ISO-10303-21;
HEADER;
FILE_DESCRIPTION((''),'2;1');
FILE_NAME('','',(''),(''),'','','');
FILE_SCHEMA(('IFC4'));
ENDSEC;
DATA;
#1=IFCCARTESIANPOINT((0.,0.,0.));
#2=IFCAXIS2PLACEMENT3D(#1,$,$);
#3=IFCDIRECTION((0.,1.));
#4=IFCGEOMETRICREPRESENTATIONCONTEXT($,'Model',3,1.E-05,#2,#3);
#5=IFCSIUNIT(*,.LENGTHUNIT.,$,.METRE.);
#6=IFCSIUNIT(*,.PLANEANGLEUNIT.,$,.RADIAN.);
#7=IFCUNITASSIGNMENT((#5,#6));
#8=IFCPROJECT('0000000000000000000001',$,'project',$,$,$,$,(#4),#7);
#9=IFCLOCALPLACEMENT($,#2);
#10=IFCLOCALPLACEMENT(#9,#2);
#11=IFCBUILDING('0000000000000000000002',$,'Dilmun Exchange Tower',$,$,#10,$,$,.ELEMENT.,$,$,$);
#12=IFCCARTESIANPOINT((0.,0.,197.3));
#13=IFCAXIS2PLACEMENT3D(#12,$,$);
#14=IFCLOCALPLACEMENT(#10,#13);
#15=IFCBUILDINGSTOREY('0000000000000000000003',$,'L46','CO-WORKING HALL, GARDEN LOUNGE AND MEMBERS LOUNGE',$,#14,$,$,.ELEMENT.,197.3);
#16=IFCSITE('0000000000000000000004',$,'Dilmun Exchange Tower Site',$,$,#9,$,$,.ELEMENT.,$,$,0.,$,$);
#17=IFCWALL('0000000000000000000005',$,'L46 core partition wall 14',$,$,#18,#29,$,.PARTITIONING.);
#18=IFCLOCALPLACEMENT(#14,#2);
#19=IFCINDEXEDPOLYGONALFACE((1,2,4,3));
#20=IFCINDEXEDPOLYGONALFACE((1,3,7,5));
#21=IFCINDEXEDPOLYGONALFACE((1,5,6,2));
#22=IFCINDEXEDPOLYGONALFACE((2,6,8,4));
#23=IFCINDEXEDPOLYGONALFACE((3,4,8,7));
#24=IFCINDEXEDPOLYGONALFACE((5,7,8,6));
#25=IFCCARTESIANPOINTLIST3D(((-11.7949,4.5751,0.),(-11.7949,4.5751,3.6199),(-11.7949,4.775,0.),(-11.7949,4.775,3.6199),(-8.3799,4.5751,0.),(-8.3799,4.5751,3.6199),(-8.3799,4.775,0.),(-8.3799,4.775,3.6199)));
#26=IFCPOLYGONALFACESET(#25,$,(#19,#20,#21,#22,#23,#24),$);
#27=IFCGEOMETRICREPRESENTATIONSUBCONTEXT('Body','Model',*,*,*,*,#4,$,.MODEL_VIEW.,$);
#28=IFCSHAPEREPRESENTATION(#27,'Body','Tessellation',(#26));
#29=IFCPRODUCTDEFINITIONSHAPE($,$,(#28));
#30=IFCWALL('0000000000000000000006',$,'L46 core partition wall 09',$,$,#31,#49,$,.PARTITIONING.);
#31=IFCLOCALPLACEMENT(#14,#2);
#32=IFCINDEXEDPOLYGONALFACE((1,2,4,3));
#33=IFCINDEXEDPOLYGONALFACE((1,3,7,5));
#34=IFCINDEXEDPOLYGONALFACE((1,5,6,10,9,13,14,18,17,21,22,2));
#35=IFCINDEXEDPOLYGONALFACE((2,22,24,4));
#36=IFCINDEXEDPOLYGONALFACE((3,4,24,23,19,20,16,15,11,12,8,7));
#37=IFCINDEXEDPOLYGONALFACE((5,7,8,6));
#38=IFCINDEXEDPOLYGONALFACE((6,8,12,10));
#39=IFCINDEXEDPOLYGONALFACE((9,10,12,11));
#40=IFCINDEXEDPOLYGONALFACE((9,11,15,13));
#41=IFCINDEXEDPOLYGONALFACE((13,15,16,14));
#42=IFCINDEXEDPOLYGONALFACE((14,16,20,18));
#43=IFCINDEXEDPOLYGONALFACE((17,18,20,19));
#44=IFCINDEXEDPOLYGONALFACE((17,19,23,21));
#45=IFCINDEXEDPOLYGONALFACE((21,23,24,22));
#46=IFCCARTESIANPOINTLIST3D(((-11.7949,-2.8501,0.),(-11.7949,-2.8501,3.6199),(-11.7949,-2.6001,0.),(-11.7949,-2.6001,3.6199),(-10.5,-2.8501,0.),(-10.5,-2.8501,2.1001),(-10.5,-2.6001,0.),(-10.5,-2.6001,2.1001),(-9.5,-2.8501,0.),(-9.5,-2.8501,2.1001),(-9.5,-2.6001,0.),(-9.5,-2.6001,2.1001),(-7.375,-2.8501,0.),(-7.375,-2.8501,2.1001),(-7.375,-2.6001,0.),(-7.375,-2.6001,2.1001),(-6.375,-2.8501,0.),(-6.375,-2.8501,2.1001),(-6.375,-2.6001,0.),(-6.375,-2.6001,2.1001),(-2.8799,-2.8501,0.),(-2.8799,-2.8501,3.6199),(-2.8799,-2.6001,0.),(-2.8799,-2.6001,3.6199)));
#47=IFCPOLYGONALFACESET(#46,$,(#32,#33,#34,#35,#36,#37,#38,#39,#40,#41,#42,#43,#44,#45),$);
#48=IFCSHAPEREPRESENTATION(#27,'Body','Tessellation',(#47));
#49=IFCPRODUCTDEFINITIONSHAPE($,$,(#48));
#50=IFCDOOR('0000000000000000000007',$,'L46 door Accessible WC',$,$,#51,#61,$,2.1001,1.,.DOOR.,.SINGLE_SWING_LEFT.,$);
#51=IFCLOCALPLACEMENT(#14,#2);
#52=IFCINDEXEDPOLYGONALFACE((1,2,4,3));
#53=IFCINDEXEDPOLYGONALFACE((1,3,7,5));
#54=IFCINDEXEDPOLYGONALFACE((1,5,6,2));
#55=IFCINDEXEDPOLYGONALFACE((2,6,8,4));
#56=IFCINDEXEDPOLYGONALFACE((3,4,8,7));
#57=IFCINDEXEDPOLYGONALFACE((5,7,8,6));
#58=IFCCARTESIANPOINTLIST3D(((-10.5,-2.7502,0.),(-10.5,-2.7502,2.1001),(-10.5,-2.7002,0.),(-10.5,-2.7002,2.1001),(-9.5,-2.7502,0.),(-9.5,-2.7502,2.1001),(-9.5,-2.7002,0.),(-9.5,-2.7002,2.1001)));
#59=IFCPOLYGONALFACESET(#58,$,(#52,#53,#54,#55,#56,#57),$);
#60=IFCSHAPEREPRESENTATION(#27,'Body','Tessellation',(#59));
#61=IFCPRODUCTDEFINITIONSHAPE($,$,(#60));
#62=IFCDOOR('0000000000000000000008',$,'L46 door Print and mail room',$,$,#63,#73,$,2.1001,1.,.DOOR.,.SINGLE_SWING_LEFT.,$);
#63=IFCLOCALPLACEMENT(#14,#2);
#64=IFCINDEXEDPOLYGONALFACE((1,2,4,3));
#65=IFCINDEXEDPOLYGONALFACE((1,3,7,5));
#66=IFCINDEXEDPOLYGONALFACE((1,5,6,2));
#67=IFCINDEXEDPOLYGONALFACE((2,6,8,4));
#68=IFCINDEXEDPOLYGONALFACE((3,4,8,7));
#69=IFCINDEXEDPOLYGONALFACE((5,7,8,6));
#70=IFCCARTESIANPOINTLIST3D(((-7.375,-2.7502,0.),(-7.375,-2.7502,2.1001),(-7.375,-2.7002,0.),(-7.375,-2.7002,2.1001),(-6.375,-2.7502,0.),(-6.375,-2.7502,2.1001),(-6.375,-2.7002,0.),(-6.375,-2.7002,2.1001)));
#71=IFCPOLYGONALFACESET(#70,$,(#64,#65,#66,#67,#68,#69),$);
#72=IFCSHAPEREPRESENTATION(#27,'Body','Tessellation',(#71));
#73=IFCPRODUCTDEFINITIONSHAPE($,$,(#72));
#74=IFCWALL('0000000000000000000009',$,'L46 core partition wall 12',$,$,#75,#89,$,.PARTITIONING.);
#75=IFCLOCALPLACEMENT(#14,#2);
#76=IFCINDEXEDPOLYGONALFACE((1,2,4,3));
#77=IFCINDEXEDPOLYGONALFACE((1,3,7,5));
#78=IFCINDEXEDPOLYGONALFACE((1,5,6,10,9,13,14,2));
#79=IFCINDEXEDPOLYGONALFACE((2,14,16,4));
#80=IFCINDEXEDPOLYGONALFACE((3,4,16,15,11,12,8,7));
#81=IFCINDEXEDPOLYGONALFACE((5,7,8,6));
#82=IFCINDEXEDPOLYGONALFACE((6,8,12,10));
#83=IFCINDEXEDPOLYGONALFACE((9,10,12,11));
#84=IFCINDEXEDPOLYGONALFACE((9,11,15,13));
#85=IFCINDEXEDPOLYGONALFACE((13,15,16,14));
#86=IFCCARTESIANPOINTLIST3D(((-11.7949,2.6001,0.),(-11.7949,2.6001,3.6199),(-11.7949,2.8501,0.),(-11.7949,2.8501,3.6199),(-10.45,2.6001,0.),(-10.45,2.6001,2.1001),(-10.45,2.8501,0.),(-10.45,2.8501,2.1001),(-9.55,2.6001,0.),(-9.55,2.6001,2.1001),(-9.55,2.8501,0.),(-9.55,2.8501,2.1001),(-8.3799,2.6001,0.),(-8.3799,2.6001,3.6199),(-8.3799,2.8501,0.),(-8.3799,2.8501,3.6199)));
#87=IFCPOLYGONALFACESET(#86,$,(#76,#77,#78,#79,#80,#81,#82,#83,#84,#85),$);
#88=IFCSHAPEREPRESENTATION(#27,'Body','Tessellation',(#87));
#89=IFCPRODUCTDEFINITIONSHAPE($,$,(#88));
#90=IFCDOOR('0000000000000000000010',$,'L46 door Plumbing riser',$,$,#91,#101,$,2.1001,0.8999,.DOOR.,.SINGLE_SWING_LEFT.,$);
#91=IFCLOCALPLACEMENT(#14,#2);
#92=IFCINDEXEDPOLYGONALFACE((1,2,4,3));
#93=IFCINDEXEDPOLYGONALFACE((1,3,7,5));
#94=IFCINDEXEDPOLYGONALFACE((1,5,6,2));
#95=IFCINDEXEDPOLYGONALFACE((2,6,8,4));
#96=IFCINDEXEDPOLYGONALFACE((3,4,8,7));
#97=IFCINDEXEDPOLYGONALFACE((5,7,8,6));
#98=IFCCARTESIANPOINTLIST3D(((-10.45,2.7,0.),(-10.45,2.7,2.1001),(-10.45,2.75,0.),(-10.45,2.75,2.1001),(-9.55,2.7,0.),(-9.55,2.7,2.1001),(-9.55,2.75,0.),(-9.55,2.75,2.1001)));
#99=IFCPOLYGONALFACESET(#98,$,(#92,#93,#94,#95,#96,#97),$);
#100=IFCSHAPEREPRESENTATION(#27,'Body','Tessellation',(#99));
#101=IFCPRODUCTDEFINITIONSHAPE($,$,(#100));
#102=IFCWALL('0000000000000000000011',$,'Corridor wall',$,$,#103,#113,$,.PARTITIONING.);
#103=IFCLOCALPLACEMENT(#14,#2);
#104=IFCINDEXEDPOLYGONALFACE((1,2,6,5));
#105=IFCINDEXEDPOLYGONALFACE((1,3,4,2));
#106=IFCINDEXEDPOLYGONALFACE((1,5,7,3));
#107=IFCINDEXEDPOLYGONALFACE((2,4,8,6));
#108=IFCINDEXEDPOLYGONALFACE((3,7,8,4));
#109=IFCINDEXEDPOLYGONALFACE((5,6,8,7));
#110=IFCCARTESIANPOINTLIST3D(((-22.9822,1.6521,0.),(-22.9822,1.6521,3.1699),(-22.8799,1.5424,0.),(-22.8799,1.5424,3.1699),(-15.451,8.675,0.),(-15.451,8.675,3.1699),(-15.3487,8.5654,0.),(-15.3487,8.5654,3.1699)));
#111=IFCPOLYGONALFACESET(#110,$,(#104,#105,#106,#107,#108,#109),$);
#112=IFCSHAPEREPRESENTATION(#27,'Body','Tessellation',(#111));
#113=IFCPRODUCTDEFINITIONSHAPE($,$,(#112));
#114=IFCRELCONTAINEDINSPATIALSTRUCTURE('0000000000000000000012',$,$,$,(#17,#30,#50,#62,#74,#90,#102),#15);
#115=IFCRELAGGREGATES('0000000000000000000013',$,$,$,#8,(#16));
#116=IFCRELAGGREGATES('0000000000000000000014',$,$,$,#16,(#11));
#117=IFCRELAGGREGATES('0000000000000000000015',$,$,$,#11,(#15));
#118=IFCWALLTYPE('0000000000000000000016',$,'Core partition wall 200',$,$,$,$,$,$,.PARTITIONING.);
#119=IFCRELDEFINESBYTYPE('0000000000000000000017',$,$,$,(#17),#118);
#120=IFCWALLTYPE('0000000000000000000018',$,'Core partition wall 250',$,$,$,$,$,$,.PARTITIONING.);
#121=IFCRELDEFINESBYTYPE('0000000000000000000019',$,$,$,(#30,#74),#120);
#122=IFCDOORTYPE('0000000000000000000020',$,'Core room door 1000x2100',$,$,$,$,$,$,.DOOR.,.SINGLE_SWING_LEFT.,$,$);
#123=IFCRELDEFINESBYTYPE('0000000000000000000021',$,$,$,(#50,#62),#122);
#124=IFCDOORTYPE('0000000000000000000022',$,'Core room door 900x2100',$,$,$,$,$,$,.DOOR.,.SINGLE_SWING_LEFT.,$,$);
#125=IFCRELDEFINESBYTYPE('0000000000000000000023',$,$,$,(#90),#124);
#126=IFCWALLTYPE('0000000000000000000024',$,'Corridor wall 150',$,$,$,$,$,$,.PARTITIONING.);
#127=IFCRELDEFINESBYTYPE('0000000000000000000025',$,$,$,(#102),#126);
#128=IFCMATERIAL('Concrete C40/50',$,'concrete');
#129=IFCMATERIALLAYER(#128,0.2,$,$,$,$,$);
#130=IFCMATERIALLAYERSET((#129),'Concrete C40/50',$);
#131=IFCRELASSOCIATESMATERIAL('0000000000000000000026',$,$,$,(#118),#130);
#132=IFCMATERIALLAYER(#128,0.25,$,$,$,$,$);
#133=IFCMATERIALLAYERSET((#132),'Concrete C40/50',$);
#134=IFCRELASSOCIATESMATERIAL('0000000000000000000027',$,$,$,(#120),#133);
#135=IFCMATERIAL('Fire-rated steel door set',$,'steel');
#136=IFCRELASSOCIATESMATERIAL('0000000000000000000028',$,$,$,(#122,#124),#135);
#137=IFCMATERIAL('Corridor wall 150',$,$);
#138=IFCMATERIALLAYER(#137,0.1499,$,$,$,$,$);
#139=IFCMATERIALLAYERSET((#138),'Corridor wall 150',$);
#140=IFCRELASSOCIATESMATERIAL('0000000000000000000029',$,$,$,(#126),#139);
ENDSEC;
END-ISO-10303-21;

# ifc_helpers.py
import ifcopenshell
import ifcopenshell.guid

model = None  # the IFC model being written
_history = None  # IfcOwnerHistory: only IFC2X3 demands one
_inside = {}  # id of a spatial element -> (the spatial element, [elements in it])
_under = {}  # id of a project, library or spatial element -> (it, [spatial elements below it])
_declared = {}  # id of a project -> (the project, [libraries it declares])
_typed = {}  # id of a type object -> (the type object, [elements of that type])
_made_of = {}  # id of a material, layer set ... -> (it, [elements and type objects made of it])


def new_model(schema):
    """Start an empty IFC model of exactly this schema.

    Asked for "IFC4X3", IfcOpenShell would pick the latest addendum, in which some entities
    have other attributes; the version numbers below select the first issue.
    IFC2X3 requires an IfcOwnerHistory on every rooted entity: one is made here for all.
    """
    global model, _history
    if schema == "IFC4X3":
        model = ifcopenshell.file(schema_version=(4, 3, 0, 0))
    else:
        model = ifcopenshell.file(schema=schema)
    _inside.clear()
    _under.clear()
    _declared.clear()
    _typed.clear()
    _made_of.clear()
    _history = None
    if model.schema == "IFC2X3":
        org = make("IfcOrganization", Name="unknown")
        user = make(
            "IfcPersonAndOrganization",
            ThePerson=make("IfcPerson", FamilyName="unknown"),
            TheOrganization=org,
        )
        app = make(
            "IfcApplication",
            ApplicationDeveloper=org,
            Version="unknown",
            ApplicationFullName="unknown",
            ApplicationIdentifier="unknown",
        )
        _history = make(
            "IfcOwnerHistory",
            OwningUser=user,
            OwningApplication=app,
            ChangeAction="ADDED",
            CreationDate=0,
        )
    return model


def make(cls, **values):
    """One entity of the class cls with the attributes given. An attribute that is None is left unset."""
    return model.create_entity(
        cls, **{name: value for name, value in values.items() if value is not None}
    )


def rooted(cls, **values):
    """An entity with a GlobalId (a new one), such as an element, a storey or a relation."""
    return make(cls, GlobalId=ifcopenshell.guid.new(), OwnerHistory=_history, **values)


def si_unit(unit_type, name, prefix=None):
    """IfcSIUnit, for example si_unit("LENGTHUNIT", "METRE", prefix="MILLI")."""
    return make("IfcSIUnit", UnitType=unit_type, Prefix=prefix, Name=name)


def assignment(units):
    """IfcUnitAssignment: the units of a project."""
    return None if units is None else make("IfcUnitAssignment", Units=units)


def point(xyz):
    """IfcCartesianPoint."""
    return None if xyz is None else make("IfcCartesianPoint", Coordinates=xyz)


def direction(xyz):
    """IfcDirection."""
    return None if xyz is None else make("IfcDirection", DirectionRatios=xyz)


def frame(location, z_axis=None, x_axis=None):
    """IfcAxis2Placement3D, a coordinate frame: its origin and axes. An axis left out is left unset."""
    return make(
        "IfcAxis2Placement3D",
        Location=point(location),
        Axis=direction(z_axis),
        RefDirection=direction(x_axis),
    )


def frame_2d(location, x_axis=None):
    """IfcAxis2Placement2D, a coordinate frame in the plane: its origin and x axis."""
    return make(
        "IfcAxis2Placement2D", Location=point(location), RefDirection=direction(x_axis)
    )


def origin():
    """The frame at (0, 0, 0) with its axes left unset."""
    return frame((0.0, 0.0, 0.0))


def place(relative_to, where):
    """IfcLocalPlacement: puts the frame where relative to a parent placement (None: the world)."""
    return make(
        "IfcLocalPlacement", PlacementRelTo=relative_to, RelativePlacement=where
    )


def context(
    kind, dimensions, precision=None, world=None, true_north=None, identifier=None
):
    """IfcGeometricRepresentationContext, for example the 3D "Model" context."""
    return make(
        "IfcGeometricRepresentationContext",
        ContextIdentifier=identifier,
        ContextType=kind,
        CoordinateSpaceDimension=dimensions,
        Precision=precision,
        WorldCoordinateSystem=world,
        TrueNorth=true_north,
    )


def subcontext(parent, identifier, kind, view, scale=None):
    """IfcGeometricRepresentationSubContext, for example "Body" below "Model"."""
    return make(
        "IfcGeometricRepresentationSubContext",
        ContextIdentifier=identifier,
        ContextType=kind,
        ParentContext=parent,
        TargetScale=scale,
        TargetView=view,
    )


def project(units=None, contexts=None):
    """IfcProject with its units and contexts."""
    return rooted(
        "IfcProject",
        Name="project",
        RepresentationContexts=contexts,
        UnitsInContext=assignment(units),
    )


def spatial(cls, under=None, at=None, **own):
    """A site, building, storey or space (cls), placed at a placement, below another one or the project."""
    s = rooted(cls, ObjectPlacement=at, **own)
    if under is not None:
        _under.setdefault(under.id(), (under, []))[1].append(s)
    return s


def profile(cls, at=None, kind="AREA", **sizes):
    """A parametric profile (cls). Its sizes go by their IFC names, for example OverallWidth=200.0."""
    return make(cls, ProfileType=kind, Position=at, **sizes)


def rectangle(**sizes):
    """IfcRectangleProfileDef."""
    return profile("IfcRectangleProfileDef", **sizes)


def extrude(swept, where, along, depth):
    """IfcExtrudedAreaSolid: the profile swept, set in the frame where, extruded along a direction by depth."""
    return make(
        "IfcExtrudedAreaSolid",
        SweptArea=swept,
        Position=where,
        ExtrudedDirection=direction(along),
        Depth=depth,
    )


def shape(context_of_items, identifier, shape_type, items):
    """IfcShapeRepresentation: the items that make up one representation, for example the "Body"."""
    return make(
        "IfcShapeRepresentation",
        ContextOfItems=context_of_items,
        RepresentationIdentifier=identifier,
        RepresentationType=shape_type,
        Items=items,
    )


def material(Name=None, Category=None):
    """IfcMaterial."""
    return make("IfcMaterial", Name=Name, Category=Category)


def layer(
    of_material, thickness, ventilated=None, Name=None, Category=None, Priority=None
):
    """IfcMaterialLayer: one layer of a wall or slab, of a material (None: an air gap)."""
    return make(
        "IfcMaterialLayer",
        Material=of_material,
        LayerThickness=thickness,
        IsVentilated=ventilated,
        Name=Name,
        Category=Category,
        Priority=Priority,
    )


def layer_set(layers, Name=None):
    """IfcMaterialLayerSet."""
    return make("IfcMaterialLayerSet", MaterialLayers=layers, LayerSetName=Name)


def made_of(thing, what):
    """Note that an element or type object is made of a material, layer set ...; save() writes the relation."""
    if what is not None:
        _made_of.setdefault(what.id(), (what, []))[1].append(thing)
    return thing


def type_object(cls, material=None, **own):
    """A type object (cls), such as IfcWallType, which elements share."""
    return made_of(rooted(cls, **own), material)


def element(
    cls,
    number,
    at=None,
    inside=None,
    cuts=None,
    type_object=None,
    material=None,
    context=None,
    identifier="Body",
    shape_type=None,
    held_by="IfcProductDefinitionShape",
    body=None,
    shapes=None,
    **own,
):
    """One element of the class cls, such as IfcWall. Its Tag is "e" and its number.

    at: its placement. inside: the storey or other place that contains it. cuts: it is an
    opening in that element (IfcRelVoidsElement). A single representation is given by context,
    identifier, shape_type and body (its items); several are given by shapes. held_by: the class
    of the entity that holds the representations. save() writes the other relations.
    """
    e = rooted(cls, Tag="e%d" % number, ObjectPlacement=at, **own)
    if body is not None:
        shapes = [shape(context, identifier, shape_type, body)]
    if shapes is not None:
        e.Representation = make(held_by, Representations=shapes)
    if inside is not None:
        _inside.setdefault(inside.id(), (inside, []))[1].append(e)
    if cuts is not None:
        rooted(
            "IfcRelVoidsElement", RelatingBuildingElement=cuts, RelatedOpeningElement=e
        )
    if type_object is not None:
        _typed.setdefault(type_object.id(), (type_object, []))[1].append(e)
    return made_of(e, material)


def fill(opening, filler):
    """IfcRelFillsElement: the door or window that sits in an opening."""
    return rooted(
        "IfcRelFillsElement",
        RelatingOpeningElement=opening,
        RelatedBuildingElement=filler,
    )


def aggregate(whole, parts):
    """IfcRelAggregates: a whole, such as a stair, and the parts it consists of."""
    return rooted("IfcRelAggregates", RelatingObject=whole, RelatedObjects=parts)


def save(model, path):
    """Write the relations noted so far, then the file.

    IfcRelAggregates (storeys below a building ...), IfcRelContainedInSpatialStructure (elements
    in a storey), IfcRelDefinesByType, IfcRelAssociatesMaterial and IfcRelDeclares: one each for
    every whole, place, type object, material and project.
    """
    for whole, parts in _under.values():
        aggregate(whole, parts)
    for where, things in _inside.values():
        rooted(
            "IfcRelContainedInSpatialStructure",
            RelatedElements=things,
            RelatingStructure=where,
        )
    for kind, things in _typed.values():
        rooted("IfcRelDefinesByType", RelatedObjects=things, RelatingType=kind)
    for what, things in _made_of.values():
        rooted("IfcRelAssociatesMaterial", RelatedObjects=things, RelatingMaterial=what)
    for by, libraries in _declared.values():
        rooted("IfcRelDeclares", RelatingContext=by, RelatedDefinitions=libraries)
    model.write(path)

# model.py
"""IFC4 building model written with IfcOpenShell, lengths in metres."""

from ifc_helpers import new_model, si_unit, direction, frame, frame_2d, origin, place, context, subcontext, project, spatial, rectangle, extrude, material, layer, layer_set, type_object, element, fill, save


model = new_model("IFC4")

# Units and contexts
model_context = context("Model", 3, precision=1e-05, world=origin(), true_north=direction((0.0, 1.0)))
body_context = subcontext(model_context, "Body", "Model", "MODEL_VIEW")
ifc_project = project(units=[si_unit("LENGTHUNIT", "METRE"), si_unit("PLANEANGLEUNIT", "RADIAN")], contexts=[model_context])

# Site, building, storey
site_placement = place(None, origin())
site = spatial("IfcSite", under=ifc_project, at=site_placement, Name="Dilmun Exchange Tower Site", CompositionType="ELEMENT", RefElevation=0.0)
building_placement = place(site_placement, origin())
building = spatial("IfcBuilding", under=site, at=building_placement, Name="Dilmun Exchange Tower", CompositionType="ELEMENT")
storey_placement = place(building_placement, frame((0.0, 0.0, 197.3)))
storey = spatial("IfcBuildingStorey", under=building, at=storey_placement, Name="L46", Description="CO-WORKING HALL, GARDEN LOUNGE AND MEMBERS LOUNGE", CompositionType="ELEMENT", Elevation=197.3)

# Wall
ifc_material_1 = material(Name="Concrete C40/50", Category="concrete")
ifc_layer_1 = layer(ifc_material_1, 0.2)
ifc_layer_set_1 = layer_set([ifc_layer_1], Name="Concrete C40/50")
wall_type_1 = type_object("IfcWallType", Name="Core partition wall 200", PredefinedType="PARTITIONING", material=ifc_layer_set_1)
wall_1_placement = place(storey_placement, frame((-11.7949, 4.675, 0.0), z_axis=(0.0, 0.0, 1.0), x_axis=(1.0, 0.0, 0.0)))
element("IfcWall", 1, at=wall_1_placement, inside=storey, type_object=wall_type_1, Name="L46 core partition wall 14", PredefinedType="PARTITIONING", context=body_context, shape_type="SweptSolid", body=[
    extrude(rectangle(XDim=3.415, YDim=0.2, at=frame_2d((1.7075, 0.0))), origin(), (0.0, 0.0, 1.0), 3.6199),
])

# Wall, openings, doors
ifc_layer_2 = layer(ifc_material_1, 0.25)
ifc_layer_set_2 = layer_set([ifc_layer_2], Name="Concrete C40/50")
wall_type_2 = type_object("IfcWallType", Name="Core partition wall 250", PredefinedType="PARTITIONING", material=ifc_layer_set_2)
wall_2_placement = place(storey_placement, frame((-11.7949, -2.7251, 0.0), z_axis=(0.0, 0.0, 1.0), x_axis=(1.0, 0.0, 0.0)))
wall_2 = element("IfcWall", 2, at=wall_2_placement, inside=storey, type_object=wall_type_2, Name="L46 core partition wall 09", PredefinedType="PARTITIONING", context=body_context, shape_type="SweptSolid", body=[
    extrude(rectangle(XDim=8.915, YDim=0.25, at=frame_2d((4.4575, 0.0))), origin(), (0.0, 0.0, 1.0), 3.6199),
])
opening_1_placement = place(wall_2_placement, frame((1.2949, 0.0, 0.0)))
opening_1 = element("IfcOpeningElement", 3, at=opening_1_placement, cuts=wall_2, PredefinedType="OPENING", context=body_context, shape_type="SweptSolid", body=[
    extrude(rectangle(XDim=1.0, YDim=2.1001, at=frame_2d((0.5, 1.05))), frame((0.0, 0.135, 0.0), z_axis=(0.0, -1.0, 0.0), x_axis=(1.0, 0.0, 0.0)), (0.0, 0.0, 1.0), 0.27),
])
opening_2_placement = place(wall_2_placement, frame((4.4199, 0.0, 0.0)))
opening_2 = element("IfcOpeningElement", 4, at=opening_2_placement, cuts=wall_2, PredefinedType="OPENING", context=body_context, shape_type="SweptSolid", body=[
    extrude(rectangle(XDim=1.0, YDim=2.1001, at=frame_2d((0.5, 1.05))), frame((0.0, 0.135, 0.0), z_axis=(0.0, -1.0, 0.0), x_axis=(1.0, 0.0, 0.0)), (0.0, 0.0, 1.0), 0.27),
])
ifc_material_2 = material(Name="Fire-rated steel door set", Category="steel")
door_type_1 = type_object("IfcDoorType", Name="Core room door 1000x2100", OperationType="SINGLE_SWING_LEFT", PredefinedType="DOOR", material=ifc_material_2)
door_1_placement = place(opening_1_placement, origin())
door_1 = element("IfcDoor", 5, at=door_1_placement, inside=storey, type_object=door_type_1, Name="L46 door Accessible WC", OperationType="SINGLE_SWING_LEFT", OverallHeight=2.1001, OverallWidth=1.0, PredefinedType="DOOR", context=body_context, shape_type="SweptSolid", body=[
    extrude(rectangle(XDim=1.0, YDim=2.1001, at=frame_2d((0.5, 1.05))), frame((0.0, 0.0249, 0.0), z_axis=(0.0, -1.0, 0.0), x_axis=(1.0, 0.0, 0.0)), (0.0, 0.0, 1.0), 0.05),
])
fill(opening_1, door_1)
door_2_placement = place(opening_2_placement, origin())
door_2 = element("IfcDoor", 6, at=door_2_placement, inside=storey, type_object=door_type_1, Name="L46 door Print and mail room", OperationType="SINGLE_SWING_LEFT", OverallHeight=2.1001, OverallWidth=1.0, PredefinedType="DOOR", context=body_context, shape_type="SweptSolid", body=[
    extrude(rectangle(XDim=1.0, YDim=2.1001, at=frame_2d((0.5, 1.05))), frame((0.0, 0.0249, 0.0), z_axis=(0.0, -1.0, 0.0), x_axis=(1.0, 0.0, 0.0)), (0.0, 0.0, 1.0), 0.05),
])
fill(opening_2, door_2)

# Wall, opening, door
wall_3_placement = place(storey_placement, frame((-11.7949, 2.7251, 0.0), z_axis=(0.0, 0.0, 1.0), x_axis=(1.0, 0.0, 0.0)))
wall_3 = element("IfcWall", 7, at=wall_3_placement, inside=storey, type_object=wall_type_2, Name="L46 core partition wall 12", PredefinedType="PARTITIONING", context=body_context, shape_type="SweptSolid", body=[
    extrude(rectangle(XDim=3.415, YDim=0.25, at=frame_2d((1.7075, 0.0))), origin(), (0.0, 0.0, 1.0), 3.6199),
])
opening_3_placement = place(wall_3_placement, frame((1.345, 0.0, 0.0)))
opening_3 = element("IfcOpeningElement", 8, at=opening_3_placement, cuts=wall_3, PredefinedType="OPENING", context=body_context, shape_type="SweptSolid", body=[
    extrude(rectangle(XDim=0.8999, YDim=2.1001, at=frame_2d((0.45, 1.05))), frame((0.0, 0.135, 0.0), z_axis=(0.0, -1.0, 0.0), x_axis=(1.0, 0.0, 0.0)), (0.0, 0.0, 1.0), 0.27),
])
door_type_2 = type_object("IfcDoorType", Name="Core room door 900x2100", OperationType="SINGLE_SWING_LEFT", PredefinedType="DOOR", material=ifc_material_2)
door_3_placement = place(opening_3_placement, origin())
door_3 = element("IfcDoor", 9, at=door_3_placement, inside=storey, type_object=door_type_2, Name="L46 door Plumbing riser", OperationType="SINGLE_SWING_LEFT", OverallHeight=2.1001, OverallWidth=0.8999, PredefinedType="DOOR", context=body_context, shape_type="SweptSolid", body=[
    extrude(rectangle(XDim=0.8999, YDim=2.1001, at=frame_2d((0.45, 1.05))), frame((0.0, 0.0249, 0.0), z_axis=(0.0, -1.0, 0.0), x_axis=(1.0, 0.0, 0.0)), (0.0, 0.0, 1.0), 0.05),
])
fill(opening_3, door_3)

# Wall
ifc_material_3 = material(Name="Corridor wall 150")
ifc_layer_3 = layer(ifc_material_3, 0.1499)
ifc_layer_set_3 = layer_set([ifc_layer_3], Name="Corridor wall 150")
wall_type_3 = type_object("IfcWallType", Name="Corridor wall 150", PredefinedType="PARTITIONING", material=ifc_layer_set_3)
wall_4_placement = place(storey_placement, frame((-22.9312, 1.5972, 0.0), z_axis=(0.0, 0.0, 1.0), x_axis=(0.731356, 0.681996, 0.0)))
element("IfcWall", 10, at=wall_4_placement, inside=storey, type_object=wall_type_3, Name="Corridor wall", PredefinedType="PARTITIONING", context=body_context, shape_type="SweptSolid", body=[
    extrude(rectangle(XDim=10.2976, YDim=0.1499, at=frame_2d((5.1489, 0.0))), origin(), (0.0, 0.0, 1.0), 3.1699),
])

save(model, "model.ifc")
